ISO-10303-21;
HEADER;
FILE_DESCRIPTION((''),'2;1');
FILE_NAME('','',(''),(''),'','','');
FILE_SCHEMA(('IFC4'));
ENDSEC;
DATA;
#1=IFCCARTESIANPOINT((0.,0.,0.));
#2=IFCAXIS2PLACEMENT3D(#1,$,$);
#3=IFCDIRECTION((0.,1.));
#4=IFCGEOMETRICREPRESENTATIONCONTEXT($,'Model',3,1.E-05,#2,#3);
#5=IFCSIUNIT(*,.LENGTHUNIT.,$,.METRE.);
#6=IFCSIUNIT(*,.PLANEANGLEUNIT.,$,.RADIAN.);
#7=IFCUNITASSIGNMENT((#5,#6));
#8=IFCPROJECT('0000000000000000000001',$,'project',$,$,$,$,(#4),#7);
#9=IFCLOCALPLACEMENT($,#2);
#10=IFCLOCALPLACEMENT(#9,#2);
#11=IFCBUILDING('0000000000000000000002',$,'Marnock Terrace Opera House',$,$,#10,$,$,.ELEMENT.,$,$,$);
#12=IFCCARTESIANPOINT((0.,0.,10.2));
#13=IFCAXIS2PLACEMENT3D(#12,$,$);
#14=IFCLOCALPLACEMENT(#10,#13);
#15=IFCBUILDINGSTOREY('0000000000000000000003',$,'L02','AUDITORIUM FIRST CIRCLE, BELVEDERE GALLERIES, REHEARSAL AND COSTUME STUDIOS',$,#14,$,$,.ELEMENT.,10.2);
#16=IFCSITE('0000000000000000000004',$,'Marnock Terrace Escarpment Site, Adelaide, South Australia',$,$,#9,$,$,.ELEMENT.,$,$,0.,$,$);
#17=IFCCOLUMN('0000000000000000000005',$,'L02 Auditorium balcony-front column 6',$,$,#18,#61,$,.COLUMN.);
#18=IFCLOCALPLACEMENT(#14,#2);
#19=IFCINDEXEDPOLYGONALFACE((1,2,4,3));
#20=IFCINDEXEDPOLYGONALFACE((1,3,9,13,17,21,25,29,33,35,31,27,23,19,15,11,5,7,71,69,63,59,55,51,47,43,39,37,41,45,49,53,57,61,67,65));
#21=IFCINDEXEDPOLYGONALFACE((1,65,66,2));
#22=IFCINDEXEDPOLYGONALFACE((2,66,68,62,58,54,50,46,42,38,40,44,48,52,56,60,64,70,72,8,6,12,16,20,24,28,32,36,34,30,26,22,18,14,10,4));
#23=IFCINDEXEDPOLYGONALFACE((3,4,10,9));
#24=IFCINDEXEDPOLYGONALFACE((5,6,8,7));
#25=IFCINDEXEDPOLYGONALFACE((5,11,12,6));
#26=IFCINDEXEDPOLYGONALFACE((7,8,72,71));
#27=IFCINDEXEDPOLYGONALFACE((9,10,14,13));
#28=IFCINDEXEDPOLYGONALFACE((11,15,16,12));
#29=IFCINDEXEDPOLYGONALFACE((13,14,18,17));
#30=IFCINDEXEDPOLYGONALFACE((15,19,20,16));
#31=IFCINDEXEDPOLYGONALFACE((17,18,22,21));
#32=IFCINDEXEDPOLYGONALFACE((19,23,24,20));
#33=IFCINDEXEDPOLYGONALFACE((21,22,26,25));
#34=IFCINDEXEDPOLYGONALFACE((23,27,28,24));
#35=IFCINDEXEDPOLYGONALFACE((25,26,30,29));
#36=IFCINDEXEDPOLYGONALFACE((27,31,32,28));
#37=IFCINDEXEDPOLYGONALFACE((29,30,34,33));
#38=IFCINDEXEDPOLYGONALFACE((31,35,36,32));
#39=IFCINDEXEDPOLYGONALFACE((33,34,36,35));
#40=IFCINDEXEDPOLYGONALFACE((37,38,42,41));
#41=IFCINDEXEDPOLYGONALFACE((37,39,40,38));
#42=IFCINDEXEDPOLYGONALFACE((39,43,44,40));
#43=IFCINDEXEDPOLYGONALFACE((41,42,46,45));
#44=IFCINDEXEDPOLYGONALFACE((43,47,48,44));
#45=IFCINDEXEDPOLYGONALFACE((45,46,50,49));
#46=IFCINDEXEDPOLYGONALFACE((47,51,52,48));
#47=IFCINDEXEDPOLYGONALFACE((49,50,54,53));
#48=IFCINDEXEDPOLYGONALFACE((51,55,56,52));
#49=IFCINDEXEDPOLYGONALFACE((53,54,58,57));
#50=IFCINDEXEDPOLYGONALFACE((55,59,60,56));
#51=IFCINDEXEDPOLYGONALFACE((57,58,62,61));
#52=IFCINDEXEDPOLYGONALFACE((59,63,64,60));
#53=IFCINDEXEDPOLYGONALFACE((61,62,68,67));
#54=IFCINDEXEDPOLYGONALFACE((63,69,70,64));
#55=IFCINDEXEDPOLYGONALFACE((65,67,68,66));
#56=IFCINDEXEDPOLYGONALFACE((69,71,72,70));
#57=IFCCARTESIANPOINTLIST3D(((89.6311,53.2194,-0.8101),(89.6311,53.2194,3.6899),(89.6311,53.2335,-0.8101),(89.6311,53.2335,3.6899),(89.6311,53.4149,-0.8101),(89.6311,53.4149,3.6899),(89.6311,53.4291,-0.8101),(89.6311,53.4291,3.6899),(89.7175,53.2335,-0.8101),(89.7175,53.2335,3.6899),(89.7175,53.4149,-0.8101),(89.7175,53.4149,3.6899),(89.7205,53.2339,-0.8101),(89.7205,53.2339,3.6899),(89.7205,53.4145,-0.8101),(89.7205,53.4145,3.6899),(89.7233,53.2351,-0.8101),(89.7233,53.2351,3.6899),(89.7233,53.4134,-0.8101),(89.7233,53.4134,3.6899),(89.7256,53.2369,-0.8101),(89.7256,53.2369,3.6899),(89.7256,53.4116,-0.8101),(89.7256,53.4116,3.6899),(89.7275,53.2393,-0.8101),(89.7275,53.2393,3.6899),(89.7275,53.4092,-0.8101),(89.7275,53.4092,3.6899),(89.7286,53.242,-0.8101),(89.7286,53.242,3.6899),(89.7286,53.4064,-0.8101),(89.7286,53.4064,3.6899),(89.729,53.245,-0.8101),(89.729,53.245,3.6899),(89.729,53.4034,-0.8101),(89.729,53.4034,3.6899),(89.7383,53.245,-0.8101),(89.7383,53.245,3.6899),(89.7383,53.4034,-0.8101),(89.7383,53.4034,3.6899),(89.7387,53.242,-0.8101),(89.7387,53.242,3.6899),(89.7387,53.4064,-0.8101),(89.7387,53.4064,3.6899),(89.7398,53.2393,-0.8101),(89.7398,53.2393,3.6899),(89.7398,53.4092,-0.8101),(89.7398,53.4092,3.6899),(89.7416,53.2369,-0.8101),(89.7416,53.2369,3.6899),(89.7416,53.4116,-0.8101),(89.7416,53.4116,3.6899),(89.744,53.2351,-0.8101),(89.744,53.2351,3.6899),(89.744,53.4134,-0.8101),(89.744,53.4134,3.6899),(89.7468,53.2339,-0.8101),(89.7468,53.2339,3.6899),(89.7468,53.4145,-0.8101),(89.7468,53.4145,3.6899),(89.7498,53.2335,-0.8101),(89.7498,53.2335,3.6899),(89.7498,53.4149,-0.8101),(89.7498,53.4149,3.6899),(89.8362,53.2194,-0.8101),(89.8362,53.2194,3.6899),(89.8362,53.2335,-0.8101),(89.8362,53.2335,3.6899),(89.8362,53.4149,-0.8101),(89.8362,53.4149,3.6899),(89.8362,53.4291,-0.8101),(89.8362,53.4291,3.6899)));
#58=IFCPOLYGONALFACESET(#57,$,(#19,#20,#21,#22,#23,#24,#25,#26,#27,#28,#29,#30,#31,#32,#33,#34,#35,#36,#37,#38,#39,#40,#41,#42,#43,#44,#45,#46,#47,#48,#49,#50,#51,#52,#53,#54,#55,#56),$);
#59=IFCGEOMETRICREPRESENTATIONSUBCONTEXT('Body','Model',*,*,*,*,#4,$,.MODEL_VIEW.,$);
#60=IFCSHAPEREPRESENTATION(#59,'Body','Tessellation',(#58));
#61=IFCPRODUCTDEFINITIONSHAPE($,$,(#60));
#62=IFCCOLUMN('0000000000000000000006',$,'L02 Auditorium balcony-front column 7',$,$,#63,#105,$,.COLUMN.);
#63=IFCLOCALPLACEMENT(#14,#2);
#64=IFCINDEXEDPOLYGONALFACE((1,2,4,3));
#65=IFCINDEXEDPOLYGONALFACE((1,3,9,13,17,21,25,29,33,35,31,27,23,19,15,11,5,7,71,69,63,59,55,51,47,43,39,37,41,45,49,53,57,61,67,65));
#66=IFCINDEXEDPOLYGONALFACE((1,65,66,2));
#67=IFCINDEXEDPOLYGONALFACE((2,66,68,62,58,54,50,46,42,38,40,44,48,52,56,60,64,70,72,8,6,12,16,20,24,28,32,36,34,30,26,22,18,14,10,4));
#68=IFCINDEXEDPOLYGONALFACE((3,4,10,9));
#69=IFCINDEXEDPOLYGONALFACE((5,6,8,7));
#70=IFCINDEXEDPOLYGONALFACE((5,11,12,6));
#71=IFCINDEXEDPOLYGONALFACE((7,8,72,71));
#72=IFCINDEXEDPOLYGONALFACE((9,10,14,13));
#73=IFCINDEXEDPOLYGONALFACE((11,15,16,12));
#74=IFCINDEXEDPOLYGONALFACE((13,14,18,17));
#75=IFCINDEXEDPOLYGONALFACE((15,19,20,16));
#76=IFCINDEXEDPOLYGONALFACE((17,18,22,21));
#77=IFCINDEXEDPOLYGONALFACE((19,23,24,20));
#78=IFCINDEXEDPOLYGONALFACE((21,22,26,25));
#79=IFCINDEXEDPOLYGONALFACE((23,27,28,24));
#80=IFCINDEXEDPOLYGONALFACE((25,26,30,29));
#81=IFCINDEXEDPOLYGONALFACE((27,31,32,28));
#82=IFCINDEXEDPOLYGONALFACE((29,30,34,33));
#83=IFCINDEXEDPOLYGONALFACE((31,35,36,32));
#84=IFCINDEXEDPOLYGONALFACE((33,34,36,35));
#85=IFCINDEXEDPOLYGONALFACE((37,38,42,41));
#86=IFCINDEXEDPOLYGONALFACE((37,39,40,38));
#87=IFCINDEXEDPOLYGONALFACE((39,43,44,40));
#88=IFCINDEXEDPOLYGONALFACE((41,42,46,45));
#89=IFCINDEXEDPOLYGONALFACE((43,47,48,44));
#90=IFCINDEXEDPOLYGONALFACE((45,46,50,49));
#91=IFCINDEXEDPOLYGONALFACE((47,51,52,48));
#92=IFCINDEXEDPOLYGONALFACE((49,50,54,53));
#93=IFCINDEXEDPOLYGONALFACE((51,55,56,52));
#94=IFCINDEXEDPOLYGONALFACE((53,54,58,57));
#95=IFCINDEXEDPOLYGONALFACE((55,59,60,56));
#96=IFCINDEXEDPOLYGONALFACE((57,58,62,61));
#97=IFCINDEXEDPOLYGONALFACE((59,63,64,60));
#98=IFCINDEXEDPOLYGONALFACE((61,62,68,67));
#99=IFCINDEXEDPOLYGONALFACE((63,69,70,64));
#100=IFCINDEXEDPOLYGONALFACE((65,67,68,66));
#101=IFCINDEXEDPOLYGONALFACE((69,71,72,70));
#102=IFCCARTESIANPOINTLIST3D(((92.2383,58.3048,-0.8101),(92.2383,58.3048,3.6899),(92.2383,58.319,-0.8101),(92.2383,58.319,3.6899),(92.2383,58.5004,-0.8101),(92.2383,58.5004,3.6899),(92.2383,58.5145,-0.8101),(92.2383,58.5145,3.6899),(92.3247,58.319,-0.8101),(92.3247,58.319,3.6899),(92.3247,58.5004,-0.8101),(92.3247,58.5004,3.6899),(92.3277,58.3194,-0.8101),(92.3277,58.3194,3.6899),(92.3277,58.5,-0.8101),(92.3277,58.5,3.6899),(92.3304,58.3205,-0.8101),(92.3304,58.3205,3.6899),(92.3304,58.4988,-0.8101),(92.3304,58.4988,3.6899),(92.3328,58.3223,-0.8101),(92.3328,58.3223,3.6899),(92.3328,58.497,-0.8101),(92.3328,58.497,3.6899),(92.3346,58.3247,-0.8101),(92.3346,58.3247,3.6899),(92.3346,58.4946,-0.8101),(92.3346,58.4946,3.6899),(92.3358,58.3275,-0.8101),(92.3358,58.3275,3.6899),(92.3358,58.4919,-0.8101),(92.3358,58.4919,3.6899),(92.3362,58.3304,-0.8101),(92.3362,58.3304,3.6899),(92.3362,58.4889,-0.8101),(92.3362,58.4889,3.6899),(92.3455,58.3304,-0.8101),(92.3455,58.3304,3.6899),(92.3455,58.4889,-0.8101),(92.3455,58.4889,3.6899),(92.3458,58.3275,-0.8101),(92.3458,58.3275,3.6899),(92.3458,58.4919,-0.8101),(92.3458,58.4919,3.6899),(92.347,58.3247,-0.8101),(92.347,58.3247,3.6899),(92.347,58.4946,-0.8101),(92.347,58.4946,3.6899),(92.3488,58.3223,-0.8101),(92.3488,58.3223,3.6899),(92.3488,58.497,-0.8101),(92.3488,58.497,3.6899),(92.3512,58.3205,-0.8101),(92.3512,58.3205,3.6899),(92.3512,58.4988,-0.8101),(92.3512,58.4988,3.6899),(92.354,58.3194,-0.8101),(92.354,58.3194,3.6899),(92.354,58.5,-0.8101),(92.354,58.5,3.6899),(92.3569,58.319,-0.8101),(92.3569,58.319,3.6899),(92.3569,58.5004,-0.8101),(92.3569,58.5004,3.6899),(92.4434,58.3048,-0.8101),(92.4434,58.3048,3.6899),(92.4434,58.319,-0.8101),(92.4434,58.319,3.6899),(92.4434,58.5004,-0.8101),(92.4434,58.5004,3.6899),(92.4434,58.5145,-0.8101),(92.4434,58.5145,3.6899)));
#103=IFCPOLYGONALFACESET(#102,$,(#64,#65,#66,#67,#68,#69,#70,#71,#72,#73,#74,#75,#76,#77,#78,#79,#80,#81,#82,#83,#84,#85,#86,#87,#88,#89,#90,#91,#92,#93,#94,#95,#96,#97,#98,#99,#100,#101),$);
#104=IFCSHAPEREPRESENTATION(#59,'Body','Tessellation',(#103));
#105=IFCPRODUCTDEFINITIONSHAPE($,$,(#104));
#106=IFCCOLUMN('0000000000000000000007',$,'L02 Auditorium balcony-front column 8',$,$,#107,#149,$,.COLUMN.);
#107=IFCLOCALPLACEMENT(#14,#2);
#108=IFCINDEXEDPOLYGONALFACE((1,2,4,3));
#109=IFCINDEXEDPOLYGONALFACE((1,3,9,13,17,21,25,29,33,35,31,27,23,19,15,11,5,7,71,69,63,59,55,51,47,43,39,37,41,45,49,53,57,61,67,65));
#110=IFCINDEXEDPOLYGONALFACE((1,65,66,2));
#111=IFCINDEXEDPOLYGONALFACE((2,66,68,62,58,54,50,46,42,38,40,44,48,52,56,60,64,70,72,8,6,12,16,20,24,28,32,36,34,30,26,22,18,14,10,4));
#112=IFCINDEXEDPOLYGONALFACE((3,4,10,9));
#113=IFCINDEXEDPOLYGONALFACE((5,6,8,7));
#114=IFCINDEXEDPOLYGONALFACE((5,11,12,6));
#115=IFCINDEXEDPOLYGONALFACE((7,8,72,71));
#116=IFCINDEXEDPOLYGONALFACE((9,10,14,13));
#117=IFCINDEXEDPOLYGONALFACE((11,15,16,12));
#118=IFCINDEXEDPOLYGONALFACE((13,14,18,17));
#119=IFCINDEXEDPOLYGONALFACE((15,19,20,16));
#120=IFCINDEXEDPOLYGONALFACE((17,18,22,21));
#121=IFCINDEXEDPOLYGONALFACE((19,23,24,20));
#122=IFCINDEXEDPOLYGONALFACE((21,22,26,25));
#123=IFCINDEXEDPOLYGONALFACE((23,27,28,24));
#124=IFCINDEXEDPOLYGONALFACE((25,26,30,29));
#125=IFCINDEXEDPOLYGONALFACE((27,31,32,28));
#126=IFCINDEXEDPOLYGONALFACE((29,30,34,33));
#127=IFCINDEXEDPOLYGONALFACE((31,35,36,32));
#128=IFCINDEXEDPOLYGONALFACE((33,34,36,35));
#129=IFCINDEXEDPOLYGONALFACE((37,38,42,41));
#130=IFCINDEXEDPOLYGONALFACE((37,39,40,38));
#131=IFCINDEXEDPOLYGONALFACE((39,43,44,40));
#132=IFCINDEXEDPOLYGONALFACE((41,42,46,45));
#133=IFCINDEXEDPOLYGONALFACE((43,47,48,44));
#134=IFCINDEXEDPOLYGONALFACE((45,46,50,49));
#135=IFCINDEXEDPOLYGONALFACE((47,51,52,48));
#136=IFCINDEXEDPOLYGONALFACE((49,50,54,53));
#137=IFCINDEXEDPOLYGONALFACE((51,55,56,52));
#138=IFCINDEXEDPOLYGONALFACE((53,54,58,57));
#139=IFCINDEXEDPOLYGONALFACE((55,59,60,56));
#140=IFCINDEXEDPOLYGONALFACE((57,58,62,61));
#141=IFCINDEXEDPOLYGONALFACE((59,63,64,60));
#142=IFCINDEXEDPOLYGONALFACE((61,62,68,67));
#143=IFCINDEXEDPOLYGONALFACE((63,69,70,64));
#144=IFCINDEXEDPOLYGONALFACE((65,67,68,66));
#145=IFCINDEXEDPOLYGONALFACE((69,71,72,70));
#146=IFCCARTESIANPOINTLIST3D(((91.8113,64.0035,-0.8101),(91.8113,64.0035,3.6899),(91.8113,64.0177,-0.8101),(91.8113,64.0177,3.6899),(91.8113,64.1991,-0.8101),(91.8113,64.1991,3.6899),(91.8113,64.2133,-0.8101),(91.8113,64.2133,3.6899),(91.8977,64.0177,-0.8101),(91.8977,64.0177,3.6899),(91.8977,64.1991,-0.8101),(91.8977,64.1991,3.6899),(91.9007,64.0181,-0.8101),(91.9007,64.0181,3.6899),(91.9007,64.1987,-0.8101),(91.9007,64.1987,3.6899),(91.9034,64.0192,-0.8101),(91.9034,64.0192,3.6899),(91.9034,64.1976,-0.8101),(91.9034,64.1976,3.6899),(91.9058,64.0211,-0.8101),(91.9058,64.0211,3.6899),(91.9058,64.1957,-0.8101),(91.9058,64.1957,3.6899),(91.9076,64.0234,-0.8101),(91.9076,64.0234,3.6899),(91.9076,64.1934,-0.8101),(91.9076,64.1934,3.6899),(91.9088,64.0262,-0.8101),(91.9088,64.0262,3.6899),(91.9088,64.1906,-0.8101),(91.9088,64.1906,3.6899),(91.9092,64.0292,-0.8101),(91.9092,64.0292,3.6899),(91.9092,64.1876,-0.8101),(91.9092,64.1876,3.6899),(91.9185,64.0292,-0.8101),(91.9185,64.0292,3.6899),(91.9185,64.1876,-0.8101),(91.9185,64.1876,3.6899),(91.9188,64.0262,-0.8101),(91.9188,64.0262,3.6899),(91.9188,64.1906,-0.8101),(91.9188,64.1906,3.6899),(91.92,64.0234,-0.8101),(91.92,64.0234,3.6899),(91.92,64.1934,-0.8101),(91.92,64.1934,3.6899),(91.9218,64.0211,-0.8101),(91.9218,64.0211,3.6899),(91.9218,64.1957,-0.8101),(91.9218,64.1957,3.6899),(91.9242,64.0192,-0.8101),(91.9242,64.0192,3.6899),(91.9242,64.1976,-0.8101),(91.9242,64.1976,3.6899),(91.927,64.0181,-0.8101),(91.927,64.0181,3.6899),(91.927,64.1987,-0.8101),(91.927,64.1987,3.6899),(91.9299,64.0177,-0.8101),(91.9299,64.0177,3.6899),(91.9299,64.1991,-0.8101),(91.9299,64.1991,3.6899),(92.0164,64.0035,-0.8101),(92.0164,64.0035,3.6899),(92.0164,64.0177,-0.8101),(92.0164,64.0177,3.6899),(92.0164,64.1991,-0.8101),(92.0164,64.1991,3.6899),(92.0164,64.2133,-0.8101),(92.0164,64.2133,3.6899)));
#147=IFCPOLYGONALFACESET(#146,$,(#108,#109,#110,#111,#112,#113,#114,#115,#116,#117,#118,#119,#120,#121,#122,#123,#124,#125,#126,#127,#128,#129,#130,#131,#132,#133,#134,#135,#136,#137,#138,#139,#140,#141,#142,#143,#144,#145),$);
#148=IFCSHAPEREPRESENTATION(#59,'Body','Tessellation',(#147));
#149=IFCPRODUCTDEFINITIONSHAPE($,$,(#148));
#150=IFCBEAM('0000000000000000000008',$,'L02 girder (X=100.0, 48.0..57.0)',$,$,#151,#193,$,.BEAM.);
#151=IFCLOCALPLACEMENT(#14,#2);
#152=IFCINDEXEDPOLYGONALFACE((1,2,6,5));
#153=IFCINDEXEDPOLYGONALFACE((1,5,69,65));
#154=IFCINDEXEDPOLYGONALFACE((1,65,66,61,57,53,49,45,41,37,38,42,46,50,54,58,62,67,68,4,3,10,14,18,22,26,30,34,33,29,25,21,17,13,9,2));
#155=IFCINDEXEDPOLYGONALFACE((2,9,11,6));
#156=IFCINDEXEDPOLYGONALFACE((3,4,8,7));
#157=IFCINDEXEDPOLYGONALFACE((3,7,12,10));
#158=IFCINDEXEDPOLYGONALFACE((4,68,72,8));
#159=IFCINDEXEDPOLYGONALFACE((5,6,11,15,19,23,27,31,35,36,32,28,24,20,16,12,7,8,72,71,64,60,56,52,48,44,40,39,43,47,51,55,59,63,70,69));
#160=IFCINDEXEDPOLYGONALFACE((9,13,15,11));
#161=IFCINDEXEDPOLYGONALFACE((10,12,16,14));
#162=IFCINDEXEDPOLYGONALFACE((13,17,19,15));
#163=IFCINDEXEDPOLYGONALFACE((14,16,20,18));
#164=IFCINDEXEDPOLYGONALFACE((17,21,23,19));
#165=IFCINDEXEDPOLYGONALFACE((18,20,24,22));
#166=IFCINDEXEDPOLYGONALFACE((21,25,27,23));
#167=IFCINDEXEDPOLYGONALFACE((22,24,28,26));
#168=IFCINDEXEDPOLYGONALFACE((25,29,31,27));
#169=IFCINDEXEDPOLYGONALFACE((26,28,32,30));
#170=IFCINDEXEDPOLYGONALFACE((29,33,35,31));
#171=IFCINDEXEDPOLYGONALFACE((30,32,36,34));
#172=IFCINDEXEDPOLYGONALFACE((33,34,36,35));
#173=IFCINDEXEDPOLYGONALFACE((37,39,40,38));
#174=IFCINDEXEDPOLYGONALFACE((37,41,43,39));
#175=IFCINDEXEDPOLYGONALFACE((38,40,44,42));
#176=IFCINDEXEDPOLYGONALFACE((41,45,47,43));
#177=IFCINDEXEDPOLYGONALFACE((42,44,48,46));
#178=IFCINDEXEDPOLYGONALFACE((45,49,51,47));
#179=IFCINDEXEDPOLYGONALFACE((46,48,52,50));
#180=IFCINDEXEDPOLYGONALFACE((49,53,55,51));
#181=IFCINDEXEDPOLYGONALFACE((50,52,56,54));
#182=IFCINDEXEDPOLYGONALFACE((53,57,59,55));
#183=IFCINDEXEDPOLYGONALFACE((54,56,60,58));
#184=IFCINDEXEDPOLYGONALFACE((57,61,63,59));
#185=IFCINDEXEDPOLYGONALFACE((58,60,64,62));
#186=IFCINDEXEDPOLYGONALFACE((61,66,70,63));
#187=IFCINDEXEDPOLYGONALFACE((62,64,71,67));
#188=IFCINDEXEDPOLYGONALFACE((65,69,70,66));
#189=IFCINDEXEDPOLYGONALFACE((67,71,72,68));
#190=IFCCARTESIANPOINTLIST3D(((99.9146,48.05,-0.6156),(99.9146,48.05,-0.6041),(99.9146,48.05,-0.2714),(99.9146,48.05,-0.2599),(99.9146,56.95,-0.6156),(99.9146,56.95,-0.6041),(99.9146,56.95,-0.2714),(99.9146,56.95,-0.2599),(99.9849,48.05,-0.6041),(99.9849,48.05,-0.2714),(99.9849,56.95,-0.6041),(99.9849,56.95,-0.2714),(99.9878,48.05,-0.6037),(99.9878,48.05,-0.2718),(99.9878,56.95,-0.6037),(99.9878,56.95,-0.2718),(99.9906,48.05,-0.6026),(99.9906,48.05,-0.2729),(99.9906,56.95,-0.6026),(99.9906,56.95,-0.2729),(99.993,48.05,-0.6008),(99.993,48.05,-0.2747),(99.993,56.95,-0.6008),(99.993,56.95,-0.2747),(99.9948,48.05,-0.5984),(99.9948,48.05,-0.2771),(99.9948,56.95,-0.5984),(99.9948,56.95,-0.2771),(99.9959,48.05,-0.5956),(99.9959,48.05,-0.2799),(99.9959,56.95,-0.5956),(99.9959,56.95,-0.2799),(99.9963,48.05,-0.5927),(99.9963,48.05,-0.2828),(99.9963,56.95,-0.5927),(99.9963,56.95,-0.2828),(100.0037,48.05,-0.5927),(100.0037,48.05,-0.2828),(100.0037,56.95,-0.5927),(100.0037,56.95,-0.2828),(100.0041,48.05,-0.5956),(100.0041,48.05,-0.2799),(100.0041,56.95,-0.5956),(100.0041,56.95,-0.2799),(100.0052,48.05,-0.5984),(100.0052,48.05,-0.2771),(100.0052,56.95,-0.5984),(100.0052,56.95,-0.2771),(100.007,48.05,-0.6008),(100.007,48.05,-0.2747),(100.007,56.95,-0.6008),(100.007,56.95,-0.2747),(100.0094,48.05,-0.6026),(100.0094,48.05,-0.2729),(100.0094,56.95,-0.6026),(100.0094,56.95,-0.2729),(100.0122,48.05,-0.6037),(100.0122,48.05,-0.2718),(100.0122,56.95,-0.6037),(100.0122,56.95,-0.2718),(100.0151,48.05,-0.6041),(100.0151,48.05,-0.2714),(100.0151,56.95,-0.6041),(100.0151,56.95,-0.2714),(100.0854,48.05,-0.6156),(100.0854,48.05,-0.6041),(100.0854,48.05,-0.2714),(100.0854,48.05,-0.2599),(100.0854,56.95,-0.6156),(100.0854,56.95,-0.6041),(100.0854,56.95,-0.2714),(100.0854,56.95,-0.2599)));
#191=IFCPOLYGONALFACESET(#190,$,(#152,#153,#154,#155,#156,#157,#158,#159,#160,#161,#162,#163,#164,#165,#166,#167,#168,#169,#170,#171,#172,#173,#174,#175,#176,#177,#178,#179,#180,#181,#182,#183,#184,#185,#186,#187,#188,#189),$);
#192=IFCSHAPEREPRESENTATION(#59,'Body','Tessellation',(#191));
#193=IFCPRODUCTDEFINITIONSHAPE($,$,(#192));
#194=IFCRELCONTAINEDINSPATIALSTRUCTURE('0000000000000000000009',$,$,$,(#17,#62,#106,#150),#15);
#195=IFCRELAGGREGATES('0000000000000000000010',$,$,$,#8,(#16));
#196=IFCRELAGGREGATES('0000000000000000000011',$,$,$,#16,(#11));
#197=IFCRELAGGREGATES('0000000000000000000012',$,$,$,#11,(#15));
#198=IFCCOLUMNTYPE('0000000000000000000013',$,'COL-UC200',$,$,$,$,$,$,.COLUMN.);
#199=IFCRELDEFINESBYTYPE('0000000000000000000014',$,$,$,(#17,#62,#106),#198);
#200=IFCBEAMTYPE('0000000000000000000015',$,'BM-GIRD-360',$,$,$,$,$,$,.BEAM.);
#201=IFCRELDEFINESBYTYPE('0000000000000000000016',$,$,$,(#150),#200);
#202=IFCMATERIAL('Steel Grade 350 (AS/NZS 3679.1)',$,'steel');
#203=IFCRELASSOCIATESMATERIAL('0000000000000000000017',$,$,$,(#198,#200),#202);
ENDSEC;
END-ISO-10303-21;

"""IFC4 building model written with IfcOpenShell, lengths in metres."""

from ifc_helpers import new_model, si_unit, direction, frame, origin, origin_2d, place, context, subcontext, project, spatial, i_section, extrude, material, material_profile, profile_set, type_object, element, save


model = new_model("IFC4")

# Units and contexts
model_context = context("Model", 3, precision=1e-05, world=origin(), true_north=direction((0.0, 1.0)))
body_context = subcontext(model_context, "Body", "Model", "MODEL_VIEW")
ifc_project = project(units=[si_unit("LENGTHUNIT", "METRE"), si_unit("PLANEANGLEUNIT", "RADIAN")], contexts=[model_context])

# Site, building, storey
site_placement = place(None, origin())
site = spatial("IfcSite", under=ifc_project, at=site_placement, Name="Marnock Terrace Escarpment Site, Adelaide, South Australia", CompositionType="ELEMENT", RefElevation=0.0)
building_placement = place(site_placement, origin())
building = spatial("IfcBuilding", under=site, at=building_placement, Name="Marnock Terrace Opera House", CompositionType="ELEMENT")
storey_placement = place(building_placement, frame((0.0, 0.0, 10.2)))
storey = spatial("IfcBuildingStorey", under=building, at=storey_placement, Name="L02", Description="AUDITORIUM FIRST CIRCLE, BELVEDERE GALLERIES, REHEARSAL AND COSTUME STUDIOS", CompositionType="ELEMENT", Elevation=10.2)

# Columns
ifc_material_1 = material(Name="Steel Grade 350 (AS/NZS 3679.1)", Category="steel")
ifc_material_profile_1 = material_profile(ifc_material_1, i_section(OverallWidth=0.2051, OverallDepth=0.2097, WebThickness=0.0093, FlangeThickness=0.0142, FilletRadius=0.0115, at=origin_2d()))
ifc_profile_set_1 = profile_set([ifc_material_profile_1], Name="Steel Grade 350 (AS/NZS 3679.1)")
column_type_1 = type_object("IfcColumnType", Name="COL-UC200", PredefinedType="COLUMN", material=ifc_profile_set_1)
for number, where, z_axis, x_axis, name in (
    (1, (89.7336, 53.3242, -0.8101), (0.0, 0.0, 1.0), (1.0, 0.0, 0.0), "L02 Auditorium balcony-front column 6"),
    (2, (92.3408, 58.4097, -0.8101), (0.0, 0.0, 1.0), (1.0, 0.0, 0.0), "L02 Auditorium balcony-front column 7"),
    (3, (91.9138, 64.1084, -0.8101), (0.0, 0.0, 1.0), (1.0, 0.0, 0.0), "L02 Auditorium balcony-front column 8"),
):
    element("IfcColumn", number, at=place(storey_placement, frame(where, z_axis=z_axis, x_axis=x_axis)), inside=storey, type_object=column_type_1, Name=name, PredefinedType="COLUMN", context=body_context, shape_type="SweptSolid", body=[
        extrude(i_section(OverallWidth=0.2051, OverallDepth=0.2097, WebThickness=0.0093, FlangeThickness=0.0142, FilletRadius=0.0115, at=origin_2d()), origin(), (0.0, 0.0, 1.0), 4.5),
    ])

# Beam
ifc_material_profile_2 = material_profile(ifc_material_1, i_section(OverallWidth=0.1709, OverallDepth=0.3557, WebThickness=0.0073, FlangeThickness=0.0115, FilletRadius=0.0115, at=origin_2d()))
ifc_profile_set_2 = profile_set([ifc_material_profile_2], Name="Steel Grade 350 (AS/NZS 3679.1)")
beam_type_1 = type_object("IfcBeamType", Name="BM-GIRD-360", PredefinedType="BEAM", material=ifc_profile_set_2)
beam_1_placement = place(storey_placement, frame((100.0, 48.05, -0.4377), z_axis=(0.0, 1.0, 0.0), x_axis=(-1.0, 0.0, 0.0)))
element("IfcBeam", 4, at=beam_1_placement, inside=storey, type_object=beam_type_1, Name="L02 girder (X=100.0, 48.0..57.0)", PredefinedType="BEAM", context=body_context, shape_type="SweptSolid", body=[
    extrude(i_section(OverallWidth=0.1709, OverallDepth=0.3557, WebThickness=0.0073, FlangeThickness=0.0115, FilletRadius=0.0115, at=origin_2d()), origin(), (0.0, 0.0, 1.0), 8.8999),
])

save(model, "model.ifc")
